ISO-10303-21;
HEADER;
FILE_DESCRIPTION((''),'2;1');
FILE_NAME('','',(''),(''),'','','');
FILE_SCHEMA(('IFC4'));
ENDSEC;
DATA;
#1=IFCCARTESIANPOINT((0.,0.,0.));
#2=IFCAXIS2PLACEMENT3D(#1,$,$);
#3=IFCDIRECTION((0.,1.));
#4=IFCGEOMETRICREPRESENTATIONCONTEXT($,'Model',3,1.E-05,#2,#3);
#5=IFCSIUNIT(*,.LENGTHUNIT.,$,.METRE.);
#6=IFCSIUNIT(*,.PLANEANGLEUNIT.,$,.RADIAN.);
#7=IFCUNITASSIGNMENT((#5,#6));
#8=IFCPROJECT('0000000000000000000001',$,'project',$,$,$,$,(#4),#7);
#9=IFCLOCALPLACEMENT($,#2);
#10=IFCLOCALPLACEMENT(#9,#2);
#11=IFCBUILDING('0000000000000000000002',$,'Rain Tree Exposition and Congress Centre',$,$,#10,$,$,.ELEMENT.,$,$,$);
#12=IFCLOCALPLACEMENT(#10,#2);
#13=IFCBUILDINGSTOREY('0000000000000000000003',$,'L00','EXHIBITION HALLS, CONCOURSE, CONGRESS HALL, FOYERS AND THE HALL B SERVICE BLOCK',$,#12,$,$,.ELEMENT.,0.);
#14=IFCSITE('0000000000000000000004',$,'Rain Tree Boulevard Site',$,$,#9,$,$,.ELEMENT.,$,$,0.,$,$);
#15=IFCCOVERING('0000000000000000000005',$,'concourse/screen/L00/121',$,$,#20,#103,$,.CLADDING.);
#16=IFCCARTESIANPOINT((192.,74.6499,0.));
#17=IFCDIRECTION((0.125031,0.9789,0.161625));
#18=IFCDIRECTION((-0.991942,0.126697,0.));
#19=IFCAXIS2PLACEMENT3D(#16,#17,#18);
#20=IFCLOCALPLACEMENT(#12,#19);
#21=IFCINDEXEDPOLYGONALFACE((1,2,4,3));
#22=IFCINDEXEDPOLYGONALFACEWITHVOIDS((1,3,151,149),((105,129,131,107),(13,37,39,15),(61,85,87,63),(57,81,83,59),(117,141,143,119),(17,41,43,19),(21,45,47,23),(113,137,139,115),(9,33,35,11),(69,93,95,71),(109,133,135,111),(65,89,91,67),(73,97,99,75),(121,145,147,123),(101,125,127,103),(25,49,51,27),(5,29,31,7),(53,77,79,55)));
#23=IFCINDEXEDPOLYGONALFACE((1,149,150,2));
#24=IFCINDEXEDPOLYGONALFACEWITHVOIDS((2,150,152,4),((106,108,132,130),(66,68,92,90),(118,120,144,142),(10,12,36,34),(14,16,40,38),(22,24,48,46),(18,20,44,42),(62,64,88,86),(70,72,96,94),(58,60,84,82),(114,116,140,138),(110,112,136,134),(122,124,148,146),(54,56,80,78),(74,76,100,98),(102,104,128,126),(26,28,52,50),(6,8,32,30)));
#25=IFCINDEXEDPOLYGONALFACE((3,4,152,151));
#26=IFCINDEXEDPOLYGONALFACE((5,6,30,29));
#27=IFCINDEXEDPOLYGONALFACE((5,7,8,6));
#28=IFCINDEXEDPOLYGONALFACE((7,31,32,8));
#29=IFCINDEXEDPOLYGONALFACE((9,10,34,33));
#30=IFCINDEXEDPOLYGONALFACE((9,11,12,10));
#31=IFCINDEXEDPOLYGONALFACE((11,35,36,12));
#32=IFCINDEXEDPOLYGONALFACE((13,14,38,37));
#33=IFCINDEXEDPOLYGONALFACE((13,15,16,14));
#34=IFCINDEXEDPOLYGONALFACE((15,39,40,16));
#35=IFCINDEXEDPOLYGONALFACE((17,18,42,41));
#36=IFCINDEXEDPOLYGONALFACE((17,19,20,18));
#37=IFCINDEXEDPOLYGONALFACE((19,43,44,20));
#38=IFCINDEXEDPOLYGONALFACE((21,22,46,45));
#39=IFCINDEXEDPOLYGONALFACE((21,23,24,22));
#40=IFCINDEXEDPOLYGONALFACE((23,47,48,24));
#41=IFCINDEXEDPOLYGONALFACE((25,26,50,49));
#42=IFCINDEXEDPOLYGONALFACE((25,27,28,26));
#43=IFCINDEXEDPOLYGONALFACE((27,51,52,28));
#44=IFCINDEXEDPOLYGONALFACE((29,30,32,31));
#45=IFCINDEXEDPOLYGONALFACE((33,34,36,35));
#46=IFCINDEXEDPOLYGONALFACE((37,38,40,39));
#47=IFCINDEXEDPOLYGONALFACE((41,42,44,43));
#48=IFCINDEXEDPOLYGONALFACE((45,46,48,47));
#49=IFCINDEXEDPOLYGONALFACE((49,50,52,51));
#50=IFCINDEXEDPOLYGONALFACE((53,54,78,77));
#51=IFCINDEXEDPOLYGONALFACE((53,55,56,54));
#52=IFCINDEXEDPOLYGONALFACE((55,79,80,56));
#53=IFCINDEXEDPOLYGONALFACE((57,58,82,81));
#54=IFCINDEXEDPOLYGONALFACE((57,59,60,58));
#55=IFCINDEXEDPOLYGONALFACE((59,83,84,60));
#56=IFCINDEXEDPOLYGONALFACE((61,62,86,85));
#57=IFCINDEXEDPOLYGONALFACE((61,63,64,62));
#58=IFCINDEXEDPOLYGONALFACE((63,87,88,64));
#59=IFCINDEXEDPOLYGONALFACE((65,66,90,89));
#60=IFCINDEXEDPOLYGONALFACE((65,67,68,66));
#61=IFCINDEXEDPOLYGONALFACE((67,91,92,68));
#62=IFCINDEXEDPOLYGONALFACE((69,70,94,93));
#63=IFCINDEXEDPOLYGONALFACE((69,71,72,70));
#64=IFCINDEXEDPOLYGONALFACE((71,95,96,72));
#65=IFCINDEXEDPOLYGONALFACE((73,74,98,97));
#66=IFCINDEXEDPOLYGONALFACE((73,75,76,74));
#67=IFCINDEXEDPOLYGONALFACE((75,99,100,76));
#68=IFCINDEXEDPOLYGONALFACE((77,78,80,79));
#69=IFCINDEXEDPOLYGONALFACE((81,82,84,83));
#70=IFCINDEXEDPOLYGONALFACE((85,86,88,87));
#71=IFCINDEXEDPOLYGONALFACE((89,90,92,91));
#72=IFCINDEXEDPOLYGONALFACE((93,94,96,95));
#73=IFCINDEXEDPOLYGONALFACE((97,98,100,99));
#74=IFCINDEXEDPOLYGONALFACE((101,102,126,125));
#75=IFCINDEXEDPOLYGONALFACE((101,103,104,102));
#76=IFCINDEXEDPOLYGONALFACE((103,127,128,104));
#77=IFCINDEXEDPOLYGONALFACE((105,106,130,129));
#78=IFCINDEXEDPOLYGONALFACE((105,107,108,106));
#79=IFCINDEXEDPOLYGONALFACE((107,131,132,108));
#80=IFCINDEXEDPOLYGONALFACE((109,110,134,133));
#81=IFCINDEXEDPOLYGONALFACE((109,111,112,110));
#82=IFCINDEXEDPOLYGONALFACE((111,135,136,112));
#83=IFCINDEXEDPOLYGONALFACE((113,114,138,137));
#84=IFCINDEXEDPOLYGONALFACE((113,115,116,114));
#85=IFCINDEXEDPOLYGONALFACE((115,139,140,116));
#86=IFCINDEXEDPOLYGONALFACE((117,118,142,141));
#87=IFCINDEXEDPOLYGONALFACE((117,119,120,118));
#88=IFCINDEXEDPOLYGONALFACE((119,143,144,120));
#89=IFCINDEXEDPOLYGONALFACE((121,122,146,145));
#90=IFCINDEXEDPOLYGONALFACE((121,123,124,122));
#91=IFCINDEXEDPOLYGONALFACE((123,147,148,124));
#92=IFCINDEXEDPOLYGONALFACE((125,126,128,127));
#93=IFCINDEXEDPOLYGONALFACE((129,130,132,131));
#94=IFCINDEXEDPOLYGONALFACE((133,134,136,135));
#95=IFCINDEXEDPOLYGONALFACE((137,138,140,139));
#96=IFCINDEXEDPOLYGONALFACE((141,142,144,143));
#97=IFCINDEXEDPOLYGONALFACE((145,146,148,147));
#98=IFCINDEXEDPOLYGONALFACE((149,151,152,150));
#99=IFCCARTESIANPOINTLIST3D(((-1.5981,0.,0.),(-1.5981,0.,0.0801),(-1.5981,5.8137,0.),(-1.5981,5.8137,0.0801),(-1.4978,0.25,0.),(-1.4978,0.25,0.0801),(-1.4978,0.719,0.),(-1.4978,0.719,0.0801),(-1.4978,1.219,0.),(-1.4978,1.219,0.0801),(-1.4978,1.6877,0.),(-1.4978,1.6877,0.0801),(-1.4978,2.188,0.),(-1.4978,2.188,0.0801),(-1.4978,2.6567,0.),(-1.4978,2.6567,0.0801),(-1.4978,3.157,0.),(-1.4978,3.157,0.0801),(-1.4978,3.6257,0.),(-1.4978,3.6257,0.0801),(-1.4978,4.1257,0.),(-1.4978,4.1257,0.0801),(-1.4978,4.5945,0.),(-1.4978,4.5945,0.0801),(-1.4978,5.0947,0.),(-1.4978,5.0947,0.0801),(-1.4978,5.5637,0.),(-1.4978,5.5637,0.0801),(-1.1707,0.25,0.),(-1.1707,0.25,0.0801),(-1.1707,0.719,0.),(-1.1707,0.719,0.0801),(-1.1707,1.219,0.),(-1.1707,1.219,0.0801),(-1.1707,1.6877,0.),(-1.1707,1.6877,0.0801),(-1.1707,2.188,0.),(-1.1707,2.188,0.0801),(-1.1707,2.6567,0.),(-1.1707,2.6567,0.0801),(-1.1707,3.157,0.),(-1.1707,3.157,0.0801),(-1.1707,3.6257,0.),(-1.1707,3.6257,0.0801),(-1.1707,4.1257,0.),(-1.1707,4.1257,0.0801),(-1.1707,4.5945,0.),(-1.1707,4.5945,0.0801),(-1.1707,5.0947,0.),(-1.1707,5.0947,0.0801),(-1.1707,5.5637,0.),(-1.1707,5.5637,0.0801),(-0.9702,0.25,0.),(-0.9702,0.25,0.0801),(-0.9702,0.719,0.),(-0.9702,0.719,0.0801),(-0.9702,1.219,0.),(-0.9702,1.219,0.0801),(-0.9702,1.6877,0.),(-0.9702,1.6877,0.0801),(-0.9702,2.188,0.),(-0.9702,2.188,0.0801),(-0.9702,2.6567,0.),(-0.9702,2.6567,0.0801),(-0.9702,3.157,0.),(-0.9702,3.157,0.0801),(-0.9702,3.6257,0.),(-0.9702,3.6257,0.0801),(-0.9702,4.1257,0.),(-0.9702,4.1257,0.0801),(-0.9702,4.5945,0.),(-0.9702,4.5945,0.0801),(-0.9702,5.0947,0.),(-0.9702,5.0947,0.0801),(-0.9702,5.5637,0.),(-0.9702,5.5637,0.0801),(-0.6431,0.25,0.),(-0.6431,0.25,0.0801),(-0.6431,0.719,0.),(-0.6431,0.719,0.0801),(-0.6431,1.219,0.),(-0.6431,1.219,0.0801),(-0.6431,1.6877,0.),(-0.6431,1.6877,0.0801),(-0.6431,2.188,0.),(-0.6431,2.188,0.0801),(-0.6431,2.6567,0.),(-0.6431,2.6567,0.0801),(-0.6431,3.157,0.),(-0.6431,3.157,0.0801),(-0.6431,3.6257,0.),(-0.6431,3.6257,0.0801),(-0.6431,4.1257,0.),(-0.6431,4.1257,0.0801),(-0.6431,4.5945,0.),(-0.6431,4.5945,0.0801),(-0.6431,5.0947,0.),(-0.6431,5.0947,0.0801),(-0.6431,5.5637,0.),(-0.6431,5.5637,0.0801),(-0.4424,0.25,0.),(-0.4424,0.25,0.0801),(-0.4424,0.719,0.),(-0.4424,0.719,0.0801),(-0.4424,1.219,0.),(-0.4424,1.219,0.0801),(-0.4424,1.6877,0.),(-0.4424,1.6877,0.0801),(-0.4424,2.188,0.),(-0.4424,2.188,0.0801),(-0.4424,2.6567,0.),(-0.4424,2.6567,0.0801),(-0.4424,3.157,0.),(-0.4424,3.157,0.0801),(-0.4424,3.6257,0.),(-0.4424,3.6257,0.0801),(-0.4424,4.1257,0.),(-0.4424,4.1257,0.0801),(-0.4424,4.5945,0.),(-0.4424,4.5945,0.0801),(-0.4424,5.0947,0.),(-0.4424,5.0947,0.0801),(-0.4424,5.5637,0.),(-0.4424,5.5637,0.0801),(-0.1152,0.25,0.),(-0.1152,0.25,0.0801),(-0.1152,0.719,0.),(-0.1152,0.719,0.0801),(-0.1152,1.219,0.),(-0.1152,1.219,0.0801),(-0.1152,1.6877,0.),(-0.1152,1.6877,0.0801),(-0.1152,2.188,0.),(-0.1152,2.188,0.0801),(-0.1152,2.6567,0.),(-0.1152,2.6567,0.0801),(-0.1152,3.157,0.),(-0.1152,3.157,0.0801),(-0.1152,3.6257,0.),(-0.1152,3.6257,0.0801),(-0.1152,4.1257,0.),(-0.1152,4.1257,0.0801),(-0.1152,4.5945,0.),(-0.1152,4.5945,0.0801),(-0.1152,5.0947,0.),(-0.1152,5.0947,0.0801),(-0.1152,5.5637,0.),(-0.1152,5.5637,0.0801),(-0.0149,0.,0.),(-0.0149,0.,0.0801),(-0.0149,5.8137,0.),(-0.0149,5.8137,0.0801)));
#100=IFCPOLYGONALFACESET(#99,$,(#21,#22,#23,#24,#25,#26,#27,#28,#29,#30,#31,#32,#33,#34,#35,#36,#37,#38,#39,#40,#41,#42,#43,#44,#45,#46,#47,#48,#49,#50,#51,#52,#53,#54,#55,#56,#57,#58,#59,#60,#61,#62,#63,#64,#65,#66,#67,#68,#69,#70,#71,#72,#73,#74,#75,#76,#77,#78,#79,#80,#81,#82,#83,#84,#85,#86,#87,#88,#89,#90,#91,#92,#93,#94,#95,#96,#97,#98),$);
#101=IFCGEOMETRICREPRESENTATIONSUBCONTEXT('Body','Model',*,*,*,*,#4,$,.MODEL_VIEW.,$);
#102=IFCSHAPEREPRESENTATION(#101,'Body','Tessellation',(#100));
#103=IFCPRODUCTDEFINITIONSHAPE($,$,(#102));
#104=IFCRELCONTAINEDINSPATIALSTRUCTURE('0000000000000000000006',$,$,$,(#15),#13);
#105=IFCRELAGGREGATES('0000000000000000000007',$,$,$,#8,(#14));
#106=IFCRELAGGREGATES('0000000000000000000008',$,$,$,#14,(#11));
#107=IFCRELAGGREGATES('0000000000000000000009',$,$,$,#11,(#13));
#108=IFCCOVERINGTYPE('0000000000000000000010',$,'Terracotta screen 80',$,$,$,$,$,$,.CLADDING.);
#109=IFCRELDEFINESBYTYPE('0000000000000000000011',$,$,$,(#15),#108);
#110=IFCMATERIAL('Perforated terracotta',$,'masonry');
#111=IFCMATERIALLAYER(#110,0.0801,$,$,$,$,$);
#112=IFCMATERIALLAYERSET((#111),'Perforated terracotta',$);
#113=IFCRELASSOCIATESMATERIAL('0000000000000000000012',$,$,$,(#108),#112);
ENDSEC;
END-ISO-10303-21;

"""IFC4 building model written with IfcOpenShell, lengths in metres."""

from ifc_helpers import new_model, si_unit, direction, frame, origin, place, context, subcontext, project, spatial, polyline, outline, extrude, material, layer, layer_set, type_object, element, save


model = new_model("IFC4")

# Units and contexts
model_context = context("Model", 3, precision=1e-05, world=origin(), true_north=direction((0.0, 1.0)))
body_context = subcontext(model_context, "Body", "Model", "MODEL_VIEW")
ifc_project = project(units=[si_unit("LENGTHUNIT", "METRE"), si_unit("PLANEANGLEUNIT", "RADIAN")], contexts=[model_context])

# Site, building, storey
site_placement = place(None, origin())
site = spatial("IfcSite", under=ifc_project, at=site_placement, Name="Rain Tree Boulevard Site", CompositionType="ELEMENT", RefElevation=0.0)
building_placement = place(site_placement, origin())
building = spatial("IfcBuilding", under=site, at=building_placement, Name="Rain Tree Exposition and Congress Centre", CompositionType="ELEMENT")
storey_placement = place(building_placement, origin())
storey = spatial("IfcBuildingStorey", under=building, at=storey_placement, Name="L00", Description="EXHIBITION HALLS, CONCOURSE, CONGRESS HALL, FOYERS AND THE HALL B SERVICE BLOCK", CompositionType="ELEMENT", Elevation=0.0)

# Covering
ifc_material_1 = material(Name="Perforated terracotta", Category="masonry")
ifc_layer_1 = layer(ifc_material_1, 0.0801)
ifc_layer_set_1 = layer_set([ifc_layer_1], Name="Perforated terracotta")
covering_type = type_object("IfcCoveringType", Name="Terracotta screen 80", PredefinedType="CLADDING", material=ifc_layer_set_1)
covering_1_placement = place(storey_placement, frame((192.0, 74.6499, 0.0), z_axis=(0.125031, 0.9789, 0.161625), x_axis=(-0.991942, 0.126697, 0.0)))
element("IfcCovering", 1, at=covering_1_placement, inside=storey, type_object=covering_type, Name="concourse/screen/L00/121", PredefinedType="CLADDING", context=body_context, shape_type="SweptSolid", body=[
    extrude(outline(polyline([(-0.0149, 0.0), (-1.5981, 0.0), (-1.5981, 5.8137), (-0.0149, 5.8137), (-0.0149, 0.0)]), holes=[polyline([(-0.1152, 0.25), (-0.1152, 0.719), (-0.4424, 0.719), (-0.4424, 0.25), (-0.1152, 0.25)]), polyline([(-0.1152, 1.219), (-0.1152, 1.6877), (-0.4424, 1.6877), (-0.4424, 1.219), (-0.1152, 1.219)]), polyline([(-0.1152, 2.188), (-0.1152, 2.6567), (-0.4424, 2.6567), (-0.4424, 2.188), (-0.1152, 2.188)]), polyline([(-0.1152, 3.157), (-0.1152, 3.6257), (-0.4424, 3.6257), (-0.4424, 3.157), (-0.1152, 3.157)]), polyline([(-0.1152, 4.1257), (-0.1152, 4.5945), (-0.4424, 4.5945), (-0.4424, 4.1257), (-0.1152, 4.1257)]), polyline([(-0.1152, 5.0947), (-0.1152, 5.5637), (-0.4424, 5.5637), (-0.4424, 5.0947), (-0.1152, 5.0947)]), polyline([(-0.6431, 0.25), (-0.6431, 0.719), (-0.9702, 0.719), (-0.9702, 0.25), (-0.6431, 0.25)]), polyline([(-0.6431, 1.219), (-0.6431, 1.6877), (-0.9702, 1.6877), (-0.9702, 1.219), (-0.6431, 1.219)]), polyline([(-0.6431, 2.188), (-0.6431, 2.6567), (-0.9702, 2.6567), (-0.9702, 2.188), (-0.6431, 2.188)]), polyline([(-0.6431, 3.157), (-0.6431, 3.6257), (-0.9702, 3.6257), (-0.9702, 3.157), (-0.6431, 3.157)]), polyline([(-0.6431, 4.1257), (-0.6431, 4.5945), (-0.9702, 4.5945), (-0.9702, 4.1257), (-0.6431, 4.1257)]), polyline([(-0.6431, 5.0947), (-0.6431, 5.5637), (-0.9702, 5.5637), (-0.9702, 5.0947), (-0.6431, 5.0947)]), polyline([(-1.1707, 0.25), (-1.1707, 0.719), (-1.4978, 0.719), (-1.4978, 0.25), (-1.1707, 0.25)]), polyline([(-1.1707, 1.219), (-1.1707, 1.6877), (-1.4978, 1.6877), (-1.4978, 1.219), (-1.1707, 1.219)]), polyline([(-1.1707, 2.188), (-1.1707, 2.6567), (-1.4978, 2.6567), (-1.4978, 2.188), (-1.1707, 2.188)]), polyline([(-1.1707, 3.157), (-1.1707, 3.6257), (-1.4978, 3.6257), (-1.4978, 3.157), (-1.1707, 3.157)]), polyline([(-1.1707, 4.1257), (-1.1707, 4.5945), (-1.4978, 4.5945), (-1.4978, 4.1257), (-1.1707, 4.1257)]), polyline([(-1.1707, 5.0947), (-1.1707, 5.5637), (-1.4978, 5.5637), (-1.4978, 5.0947), (-1.1707, 5.0947)])]), origin(), (0.0, 0.0, 1.0), 0.0801),
])

save(model, "model.ifc")
